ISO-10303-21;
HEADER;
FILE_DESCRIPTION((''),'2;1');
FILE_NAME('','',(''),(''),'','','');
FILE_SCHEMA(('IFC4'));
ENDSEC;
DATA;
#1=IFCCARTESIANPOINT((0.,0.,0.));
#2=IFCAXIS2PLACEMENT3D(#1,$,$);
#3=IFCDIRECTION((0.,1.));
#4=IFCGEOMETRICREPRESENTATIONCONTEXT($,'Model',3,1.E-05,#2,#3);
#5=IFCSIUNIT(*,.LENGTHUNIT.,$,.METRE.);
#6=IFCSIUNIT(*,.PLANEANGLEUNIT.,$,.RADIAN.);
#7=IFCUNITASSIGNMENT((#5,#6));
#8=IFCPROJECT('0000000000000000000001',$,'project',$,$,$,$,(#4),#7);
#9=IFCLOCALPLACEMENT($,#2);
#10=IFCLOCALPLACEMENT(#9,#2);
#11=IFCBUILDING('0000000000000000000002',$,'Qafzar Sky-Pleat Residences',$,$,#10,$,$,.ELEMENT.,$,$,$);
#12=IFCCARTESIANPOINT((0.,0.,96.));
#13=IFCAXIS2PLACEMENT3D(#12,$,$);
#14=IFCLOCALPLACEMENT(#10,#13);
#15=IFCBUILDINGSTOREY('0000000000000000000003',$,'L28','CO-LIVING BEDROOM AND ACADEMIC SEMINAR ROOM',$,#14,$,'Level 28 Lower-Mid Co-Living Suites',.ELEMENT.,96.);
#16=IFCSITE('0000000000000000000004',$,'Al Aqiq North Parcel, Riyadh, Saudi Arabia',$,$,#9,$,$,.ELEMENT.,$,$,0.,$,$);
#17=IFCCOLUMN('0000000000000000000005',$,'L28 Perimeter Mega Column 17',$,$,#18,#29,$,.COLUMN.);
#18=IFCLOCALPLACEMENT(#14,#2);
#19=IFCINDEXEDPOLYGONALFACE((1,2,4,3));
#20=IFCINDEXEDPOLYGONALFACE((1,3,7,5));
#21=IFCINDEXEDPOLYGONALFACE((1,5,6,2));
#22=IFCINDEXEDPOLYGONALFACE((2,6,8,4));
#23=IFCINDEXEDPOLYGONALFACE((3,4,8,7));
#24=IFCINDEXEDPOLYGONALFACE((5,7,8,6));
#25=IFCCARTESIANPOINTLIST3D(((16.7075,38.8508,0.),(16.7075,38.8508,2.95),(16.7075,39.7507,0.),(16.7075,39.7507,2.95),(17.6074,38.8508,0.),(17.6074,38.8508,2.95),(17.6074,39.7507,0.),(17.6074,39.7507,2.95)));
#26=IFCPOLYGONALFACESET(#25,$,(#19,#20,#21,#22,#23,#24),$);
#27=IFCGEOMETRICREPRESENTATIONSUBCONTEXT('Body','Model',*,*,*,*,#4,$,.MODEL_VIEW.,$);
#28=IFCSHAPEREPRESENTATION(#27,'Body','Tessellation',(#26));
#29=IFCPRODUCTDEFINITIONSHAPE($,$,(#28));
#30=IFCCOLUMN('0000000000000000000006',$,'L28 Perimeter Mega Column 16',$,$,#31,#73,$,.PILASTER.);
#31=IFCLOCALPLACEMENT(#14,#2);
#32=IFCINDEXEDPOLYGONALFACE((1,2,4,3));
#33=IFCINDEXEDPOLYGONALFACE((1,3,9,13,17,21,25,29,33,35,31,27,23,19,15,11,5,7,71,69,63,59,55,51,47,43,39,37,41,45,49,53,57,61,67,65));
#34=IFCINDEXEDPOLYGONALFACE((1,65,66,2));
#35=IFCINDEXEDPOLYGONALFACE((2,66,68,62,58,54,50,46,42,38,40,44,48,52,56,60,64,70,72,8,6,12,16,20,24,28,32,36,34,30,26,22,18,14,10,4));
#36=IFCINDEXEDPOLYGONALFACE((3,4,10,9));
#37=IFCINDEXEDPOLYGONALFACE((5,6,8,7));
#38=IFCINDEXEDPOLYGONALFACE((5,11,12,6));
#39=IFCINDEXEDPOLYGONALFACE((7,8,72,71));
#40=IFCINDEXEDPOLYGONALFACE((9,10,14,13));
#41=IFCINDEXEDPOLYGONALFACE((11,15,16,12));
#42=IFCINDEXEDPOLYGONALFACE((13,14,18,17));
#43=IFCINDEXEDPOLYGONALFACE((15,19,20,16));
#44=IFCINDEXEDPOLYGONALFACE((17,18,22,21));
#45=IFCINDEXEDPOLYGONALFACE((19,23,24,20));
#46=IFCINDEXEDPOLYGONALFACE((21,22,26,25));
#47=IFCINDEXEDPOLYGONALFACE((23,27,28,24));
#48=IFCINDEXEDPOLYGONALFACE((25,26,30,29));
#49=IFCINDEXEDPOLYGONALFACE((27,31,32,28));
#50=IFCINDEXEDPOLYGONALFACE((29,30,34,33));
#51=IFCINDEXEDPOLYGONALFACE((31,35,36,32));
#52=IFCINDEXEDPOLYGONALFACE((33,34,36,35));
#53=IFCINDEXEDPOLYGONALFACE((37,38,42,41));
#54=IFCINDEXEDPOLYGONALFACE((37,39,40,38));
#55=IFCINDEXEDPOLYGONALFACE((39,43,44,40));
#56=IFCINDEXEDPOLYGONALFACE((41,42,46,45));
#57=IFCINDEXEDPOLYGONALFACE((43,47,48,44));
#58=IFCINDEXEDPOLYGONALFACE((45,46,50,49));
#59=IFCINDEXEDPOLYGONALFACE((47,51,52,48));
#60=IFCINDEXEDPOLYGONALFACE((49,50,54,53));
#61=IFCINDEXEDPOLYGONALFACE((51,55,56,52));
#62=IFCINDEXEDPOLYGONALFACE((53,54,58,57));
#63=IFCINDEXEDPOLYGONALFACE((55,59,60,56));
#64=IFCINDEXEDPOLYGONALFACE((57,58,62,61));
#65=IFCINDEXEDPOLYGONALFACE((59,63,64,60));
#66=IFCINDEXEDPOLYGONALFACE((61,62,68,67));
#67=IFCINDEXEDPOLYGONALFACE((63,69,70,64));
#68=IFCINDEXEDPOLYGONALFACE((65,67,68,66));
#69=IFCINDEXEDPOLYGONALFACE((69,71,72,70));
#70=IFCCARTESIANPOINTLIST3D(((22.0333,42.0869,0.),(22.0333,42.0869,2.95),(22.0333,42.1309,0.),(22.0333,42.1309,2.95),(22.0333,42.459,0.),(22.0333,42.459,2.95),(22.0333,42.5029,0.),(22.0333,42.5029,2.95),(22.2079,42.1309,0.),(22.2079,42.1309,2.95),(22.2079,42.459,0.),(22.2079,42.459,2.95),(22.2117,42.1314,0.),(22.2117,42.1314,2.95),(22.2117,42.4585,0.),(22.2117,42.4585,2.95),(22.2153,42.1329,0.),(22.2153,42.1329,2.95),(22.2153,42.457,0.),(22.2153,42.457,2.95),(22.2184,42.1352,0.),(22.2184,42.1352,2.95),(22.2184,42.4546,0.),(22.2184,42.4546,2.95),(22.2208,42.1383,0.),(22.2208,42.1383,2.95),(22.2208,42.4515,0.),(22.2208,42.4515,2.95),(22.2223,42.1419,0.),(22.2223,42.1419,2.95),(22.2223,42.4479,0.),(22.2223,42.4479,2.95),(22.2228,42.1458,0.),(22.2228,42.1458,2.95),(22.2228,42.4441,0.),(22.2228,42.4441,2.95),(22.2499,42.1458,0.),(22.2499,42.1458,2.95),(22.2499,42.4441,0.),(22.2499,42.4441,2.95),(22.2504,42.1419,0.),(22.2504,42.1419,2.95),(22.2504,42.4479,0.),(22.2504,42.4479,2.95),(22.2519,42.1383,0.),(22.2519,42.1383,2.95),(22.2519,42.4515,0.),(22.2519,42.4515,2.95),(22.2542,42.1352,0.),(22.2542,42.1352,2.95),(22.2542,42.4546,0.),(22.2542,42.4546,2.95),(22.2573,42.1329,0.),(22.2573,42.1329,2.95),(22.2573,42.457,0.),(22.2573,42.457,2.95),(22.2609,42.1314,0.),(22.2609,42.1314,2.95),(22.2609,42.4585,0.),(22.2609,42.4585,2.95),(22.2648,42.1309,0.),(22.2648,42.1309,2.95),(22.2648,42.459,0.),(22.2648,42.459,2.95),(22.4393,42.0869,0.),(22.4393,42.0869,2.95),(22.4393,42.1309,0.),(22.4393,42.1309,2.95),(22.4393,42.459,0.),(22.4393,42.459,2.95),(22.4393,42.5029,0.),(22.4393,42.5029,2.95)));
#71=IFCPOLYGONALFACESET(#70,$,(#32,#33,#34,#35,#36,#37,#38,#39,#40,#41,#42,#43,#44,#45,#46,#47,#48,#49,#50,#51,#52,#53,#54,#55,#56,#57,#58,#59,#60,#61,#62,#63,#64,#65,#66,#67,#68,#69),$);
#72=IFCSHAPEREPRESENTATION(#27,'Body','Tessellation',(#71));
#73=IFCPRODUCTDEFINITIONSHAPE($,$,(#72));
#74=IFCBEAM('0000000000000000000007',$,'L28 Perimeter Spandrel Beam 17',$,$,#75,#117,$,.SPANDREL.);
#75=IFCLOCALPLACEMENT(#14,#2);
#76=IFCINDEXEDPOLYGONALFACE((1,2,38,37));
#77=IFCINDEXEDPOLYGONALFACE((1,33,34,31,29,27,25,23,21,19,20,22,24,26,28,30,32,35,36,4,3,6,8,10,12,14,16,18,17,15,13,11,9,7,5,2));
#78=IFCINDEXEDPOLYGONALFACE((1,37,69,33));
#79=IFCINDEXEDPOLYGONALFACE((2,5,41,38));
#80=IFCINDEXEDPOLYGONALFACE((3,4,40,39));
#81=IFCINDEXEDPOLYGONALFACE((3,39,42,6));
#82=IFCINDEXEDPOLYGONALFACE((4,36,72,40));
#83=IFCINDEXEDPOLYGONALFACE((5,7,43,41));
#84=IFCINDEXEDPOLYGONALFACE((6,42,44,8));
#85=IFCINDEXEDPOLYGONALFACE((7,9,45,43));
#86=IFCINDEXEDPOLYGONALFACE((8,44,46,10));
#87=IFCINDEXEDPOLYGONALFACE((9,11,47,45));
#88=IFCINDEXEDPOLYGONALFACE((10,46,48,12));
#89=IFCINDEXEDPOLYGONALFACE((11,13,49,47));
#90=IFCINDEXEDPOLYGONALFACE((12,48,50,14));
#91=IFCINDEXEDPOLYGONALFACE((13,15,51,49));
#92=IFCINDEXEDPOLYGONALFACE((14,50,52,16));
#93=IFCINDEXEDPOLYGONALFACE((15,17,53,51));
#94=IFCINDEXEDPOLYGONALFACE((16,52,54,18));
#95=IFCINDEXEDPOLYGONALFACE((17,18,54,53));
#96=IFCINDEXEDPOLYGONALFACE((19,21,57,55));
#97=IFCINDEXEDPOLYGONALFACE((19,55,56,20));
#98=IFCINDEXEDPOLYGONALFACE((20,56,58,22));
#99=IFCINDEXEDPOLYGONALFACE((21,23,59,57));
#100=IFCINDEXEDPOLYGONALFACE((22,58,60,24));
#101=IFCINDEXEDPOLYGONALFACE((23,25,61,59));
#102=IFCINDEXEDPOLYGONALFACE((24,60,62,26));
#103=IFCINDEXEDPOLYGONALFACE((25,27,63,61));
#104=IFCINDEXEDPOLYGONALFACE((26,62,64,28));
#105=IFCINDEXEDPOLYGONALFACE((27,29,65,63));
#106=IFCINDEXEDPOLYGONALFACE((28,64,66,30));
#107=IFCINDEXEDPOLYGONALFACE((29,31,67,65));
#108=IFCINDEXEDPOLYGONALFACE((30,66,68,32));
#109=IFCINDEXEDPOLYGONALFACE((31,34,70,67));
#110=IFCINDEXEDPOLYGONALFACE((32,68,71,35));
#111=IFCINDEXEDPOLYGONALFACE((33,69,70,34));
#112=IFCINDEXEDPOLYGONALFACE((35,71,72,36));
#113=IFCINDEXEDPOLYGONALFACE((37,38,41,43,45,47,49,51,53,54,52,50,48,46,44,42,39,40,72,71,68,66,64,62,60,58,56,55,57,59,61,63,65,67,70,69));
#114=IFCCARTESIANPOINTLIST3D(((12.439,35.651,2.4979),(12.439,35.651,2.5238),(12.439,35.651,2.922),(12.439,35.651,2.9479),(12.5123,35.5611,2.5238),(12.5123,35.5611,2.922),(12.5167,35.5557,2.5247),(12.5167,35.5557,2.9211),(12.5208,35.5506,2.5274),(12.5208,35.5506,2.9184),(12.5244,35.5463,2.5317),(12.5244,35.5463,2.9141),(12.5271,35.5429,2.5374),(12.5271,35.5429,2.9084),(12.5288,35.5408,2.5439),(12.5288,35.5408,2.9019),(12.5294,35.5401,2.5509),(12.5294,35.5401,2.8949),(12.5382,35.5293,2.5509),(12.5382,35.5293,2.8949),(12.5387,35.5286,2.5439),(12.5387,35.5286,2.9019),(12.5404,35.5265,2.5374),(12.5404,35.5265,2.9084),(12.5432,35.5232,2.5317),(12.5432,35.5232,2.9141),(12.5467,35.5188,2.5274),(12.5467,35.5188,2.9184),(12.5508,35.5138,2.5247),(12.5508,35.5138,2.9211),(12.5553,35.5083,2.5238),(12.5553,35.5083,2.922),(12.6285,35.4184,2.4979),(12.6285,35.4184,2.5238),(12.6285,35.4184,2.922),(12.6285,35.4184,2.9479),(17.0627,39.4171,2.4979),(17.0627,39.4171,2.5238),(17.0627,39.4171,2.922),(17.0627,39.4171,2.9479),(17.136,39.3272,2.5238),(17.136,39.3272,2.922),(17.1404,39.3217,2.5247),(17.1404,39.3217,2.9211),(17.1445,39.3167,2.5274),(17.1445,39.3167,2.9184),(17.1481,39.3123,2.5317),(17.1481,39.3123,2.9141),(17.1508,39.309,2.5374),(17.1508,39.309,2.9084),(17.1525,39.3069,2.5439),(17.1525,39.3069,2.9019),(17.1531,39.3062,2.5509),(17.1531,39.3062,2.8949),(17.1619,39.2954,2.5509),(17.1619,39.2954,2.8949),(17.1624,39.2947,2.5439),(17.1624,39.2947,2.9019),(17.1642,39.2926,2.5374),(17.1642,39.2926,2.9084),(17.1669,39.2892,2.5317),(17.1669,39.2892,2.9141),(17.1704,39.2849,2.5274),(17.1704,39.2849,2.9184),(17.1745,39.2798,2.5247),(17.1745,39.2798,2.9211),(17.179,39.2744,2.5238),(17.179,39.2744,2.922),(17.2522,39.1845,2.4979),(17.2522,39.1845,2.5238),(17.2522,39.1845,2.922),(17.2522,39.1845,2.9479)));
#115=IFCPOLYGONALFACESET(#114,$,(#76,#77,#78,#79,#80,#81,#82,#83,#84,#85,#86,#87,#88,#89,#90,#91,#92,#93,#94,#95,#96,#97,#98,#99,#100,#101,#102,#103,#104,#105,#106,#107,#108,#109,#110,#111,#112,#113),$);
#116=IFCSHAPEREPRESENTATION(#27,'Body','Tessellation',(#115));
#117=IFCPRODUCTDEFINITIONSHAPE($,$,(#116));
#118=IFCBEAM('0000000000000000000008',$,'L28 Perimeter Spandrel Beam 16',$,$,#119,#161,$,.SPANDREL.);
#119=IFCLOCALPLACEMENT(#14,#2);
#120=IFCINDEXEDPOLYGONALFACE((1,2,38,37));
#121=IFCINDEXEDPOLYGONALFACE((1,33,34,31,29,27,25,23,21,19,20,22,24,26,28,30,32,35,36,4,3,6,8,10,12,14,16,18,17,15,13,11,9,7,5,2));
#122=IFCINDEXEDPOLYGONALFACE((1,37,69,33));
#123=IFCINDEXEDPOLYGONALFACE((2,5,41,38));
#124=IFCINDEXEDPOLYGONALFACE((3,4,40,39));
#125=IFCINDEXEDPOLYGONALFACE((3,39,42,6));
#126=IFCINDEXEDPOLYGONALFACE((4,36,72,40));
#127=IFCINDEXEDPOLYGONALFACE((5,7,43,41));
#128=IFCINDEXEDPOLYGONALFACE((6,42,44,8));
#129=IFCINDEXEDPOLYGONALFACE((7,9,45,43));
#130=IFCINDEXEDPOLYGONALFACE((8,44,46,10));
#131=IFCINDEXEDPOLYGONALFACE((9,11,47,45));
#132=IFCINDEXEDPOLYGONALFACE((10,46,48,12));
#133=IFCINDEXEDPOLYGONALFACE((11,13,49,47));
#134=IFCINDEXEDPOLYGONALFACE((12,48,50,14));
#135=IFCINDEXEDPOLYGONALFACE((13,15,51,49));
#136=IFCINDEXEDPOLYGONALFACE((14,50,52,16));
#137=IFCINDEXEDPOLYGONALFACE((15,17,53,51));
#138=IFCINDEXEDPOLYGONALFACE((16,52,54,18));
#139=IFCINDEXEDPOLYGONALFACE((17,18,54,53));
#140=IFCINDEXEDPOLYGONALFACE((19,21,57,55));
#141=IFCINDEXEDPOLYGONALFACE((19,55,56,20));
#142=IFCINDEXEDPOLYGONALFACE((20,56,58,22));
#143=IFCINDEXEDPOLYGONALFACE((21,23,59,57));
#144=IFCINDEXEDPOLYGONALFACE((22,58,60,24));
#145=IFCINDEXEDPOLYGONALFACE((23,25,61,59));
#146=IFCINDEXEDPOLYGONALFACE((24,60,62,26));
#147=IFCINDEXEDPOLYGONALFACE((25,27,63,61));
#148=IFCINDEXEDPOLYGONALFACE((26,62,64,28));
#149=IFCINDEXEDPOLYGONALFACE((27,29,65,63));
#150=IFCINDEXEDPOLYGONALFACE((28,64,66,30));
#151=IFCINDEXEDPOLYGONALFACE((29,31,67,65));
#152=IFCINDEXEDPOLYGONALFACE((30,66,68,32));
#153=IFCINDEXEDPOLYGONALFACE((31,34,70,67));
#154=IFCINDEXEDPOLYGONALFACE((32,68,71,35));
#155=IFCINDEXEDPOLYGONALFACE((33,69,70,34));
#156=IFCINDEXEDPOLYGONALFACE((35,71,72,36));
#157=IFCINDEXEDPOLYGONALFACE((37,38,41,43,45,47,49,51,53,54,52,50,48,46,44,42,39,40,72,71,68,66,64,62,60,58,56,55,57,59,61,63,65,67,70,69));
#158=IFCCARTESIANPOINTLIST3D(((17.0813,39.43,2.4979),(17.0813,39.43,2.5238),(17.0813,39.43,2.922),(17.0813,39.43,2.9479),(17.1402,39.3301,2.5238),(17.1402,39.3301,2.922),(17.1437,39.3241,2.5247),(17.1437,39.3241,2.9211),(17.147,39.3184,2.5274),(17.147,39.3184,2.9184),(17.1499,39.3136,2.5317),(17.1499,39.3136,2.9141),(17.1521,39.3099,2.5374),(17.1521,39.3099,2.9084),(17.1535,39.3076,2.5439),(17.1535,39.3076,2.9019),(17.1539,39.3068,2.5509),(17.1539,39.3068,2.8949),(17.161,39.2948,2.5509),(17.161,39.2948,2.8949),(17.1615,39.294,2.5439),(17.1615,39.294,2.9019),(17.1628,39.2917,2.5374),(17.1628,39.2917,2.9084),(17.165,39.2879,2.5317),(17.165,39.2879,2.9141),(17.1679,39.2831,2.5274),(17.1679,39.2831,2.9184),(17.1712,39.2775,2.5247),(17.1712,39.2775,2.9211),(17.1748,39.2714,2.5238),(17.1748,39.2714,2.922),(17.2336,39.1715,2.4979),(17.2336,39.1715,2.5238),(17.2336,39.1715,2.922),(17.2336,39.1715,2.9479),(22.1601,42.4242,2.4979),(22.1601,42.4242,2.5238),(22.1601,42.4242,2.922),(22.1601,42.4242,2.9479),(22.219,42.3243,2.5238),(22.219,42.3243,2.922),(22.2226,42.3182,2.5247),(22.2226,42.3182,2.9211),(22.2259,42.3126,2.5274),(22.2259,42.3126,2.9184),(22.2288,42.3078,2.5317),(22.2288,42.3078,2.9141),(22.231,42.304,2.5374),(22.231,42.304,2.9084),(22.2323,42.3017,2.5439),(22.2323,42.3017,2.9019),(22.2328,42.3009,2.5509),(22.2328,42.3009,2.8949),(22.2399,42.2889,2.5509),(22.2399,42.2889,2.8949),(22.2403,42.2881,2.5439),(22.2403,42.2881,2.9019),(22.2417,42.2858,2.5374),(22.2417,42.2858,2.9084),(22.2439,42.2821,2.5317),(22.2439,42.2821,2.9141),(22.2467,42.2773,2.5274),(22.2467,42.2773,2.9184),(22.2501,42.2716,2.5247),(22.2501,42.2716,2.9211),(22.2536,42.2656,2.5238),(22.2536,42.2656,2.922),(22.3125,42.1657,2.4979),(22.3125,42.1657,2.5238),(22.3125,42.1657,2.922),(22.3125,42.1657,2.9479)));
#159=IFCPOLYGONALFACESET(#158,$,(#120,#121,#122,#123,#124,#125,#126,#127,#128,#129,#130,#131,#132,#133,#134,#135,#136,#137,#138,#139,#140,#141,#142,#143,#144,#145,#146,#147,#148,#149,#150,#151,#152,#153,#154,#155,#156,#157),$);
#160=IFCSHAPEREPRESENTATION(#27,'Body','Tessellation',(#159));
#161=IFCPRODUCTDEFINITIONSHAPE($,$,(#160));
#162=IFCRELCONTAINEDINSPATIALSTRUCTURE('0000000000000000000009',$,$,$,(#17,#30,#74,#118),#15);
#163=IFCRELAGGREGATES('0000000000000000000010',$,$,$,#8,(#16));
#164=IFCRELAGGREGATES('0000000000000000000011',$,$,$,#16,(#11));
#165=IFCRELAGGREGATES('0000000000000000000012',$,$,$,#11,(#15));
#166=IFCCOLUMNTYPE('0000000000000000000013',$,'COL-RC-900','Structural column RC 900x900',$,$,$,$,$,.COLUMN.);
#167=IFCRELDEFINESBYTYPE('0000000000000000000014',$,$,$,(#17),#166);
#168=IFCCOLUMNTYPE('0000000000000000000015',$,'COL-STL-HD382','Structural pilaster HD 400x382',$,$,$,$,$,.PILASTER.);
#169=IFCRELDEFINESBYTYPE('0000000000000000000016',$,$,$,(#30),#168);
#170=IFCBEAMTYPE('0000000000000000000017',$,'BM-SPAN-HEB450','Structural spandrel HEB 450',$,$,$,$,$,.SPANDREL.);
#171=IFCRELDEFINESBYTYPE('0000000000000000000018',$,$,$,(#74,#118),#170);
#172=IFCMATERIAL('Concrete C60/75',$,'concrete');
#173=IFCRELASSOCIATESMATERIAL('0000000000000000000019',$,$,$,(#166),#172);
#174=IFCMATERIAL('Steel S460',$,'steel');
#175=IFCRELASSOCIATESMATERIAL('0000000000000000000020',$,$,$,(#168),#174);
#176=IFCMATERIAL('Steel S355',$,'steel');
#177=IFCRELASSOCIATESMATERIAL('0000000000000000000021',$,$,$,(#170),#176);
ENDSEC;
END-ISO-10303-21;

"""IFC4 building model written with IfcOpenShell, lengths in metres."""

from ifc_helpers import new_model, si_unit, direction, frame, origin, origin_2d, place, context, subcontext, project, spatial, rectangle, i_section, extrude, source, transform, mapped, material, material_profile, profile_set, type_object, element, save


model = new_model("IFC4")

# Units and contexts
model_context = context("Model", 3, precision=1e-05, world=origin(), true_north=direction((0.0, 1.0)))
body_context = subcontext(model_context, "Body", "Model", "MODEL_VIEW")
ifc_project = project(units=[si_unit("LENGTHUNIT", "METRE"), si_unit("PLANEANGLEUNIT", "RADIAN")], contexts=[model_context])

# Site, building, storey
site_placement = place(None, origin())
site = spatial("IfcSite", under=ifc_project, at=site_placement, Name="Al Aqiq North Parcel, Riyadh, Saudi Arabia", CompositionType="ELEMENT", RefElevation=0.0)
building_placement = place(site_placement, origin())
building = spatial("IfcBuilding", under=site, at=building_placement, Name="Qafzar Sky-Pleat Residences", CompositionType="ELEMENT")
storey_placement = place(building_placement, frame((0.0, 0.0, 96.0)))
storey = spatial("IfcBuildingStorey", under=building, at=storey_placement, Name="L28", Description="CO-LIVING BEDROOM AND ACADEMIC SEMINAR ROOM", LongName="Level 28 Lower-Mid Co-Living Suites", CompositionType="ELEMENT", Elevation=96.0)

# Columns
ifc_material_1 = material(Name="Concrete C60/75", Category="concrete")
ifc_material_profile_1 = material_profile(ifc_material_1, rectangle(XDim=0.8999, YDim=0.8999, at=origin_2d()), Name="RC 900x900")
ifc_profile_set_1 = profile_set([ifc_material_profile_1], Name="Concrete C60/75")
column_type_1 = type_object("IfcColumnType", Name="COL-RC-900", Description="Structural column RC 900x900", PredefinedType="COLUMN", material=ifc_profile_set_1)
shared_shape_1 = source(origin(), body_context, "Body", "SweptSolid", [
    extrude(rectangle(XDim=0.8999, YDim=0.8999, at=origin_2d()), origin(), (0.0, 0.0, 1.0), 2.95),
])
column_1_placement = place(storey_placement, frame((17.1575, 39.3008, 0.0), z_axis=(0.0, 0.0, 1.0), x_axis=(1.0, 0.0, 0.0)))
element("IfcColumn", 1, at=column_1_placement, inside=storey, type_object=column_type_1, Name="L28 Perimeter Mega Column 17", PredefinedType="COLUMN", context=body_context, shape_type="MappedRepresentation", body=[
    mapped(shared_shape_1, transform((0.0, 0.0, 0.0), x_axis=(1.0, 0.0, 0.0), y_axis=(0.0, 1.0, 0.0), z_axis=(0.0, 0.0, 1.0), scale=1.0)),
])
ifc_material_2 = material(Name="Steel S460", Category="steel")
ifc_material_profile_2 = material_profile(ifc_material_2, i_section(OverallWidth=0.406, OverallDepth=0.416, WebThickness=0.0271, FlangeThickness=0.0439, FilletRadius=0.0149, at=origin_2d()), Name="HD 400x382")
ifc_profile_set_2 = profile_set([ifc_material_profile_2], Name="Steel S460")
column_type_2 = type_object("IfcColumnType", Name="COL-STL-HD382", Description="Structural pilaster HD 400x382", PredefinedType="PILASTER", material=ifc_profile_set_2)
shared_shape_2 = source(origin(), body_context, "Body", "SweptSolid", [
    extrude(i_section(OverallWidth=0.406, OverallDepth=0.416, WebThickness=0.0271, FlangeThickness=0.0439, FilletRadius=0.0149, at=origin_2d()), origin(), (0.0, 0.0, 1.0), 2.95),
])
column_2_placement = place(storey_placement, frame((22.2363, 42.2949, 0.0), z_axis=(0.0, 0.0, 1.0), x_axis=(1.0, 0.0, 0.0)))
element("IfcColumn", 2, at=column_2_placement, inside=storey, type_object=column_type_2, Name="L28 Perimeter Mega Column 16", PredefinedType="PILASTER", context=body_context, shape_type="MappedRepresentation", body=[
    mapped(shared_shape_2, transform((0.0, 0.0, 0.0), x_axis=(1.0, 0.0, 0.0), y_axis=(0.0, 1.0, 0.0), z_axis=(0.0, 0.0, 1.0), scale=1.0)),
])

# Beams
ifc_material_3 = material(Name="Steel S355", Category="steel")
ifc_material_profile_3 = material_profile(ifc_material_3, i_section(OverallWidth=0.3, OverallDepth=0.45, WebThickness=0.0139, FlangeThickness=0.0259, FilletRadius=0.0271, at=origin_2d()), Name="HEB 450")
ifc_profile_set_3 = profile_set([ifc_material_profile_3], Name="Steel S355")
beam_type_1 = type_object("IfcBeamType", Name="BM-SPAN-HEB450", Description="Structural spandrel HEB 450", PredefinedType="SPANDREL", material=ifc_profile_set_3)
shared_shape_3 = source(origin(), body_context, "Body", "SweptSolid", [
    extrude(i_section(OverallWidth=0.3, OverallDepth=0.45, WebThickness=0.0139, FlangeThickness=0.0259, FilletRadius=0.0271, at=origin_2d()), origin(), (0.0, 0.0, 1.0), 5.9634),
])
beam_1_placement = place(storey_placement, frame((17.1575, 39.3008, 2.7229), z_axis=(-0.775351, -0.631531, 0.0), x_axis=(0.631531, -0.775351, 0.0)))
element("IfcBeam", 3, at=beam_1_placement, inside=storey, type_object=beam_type_1, Name="L28 Perimeter Spandrel Beam 17", PredefinedType="SPANDREL", context=body_context, shape_type="MappedRepresentation", body=[
    mapped(shared_shape_3, transform((0.0, 0.0, 0.0), x_axis=(1.0, 0.0, 0.0), y_axis=(0.0, 1.0, 0.0), z_axis=(0.0, 0.0, 1.0), scale=1.0)),
])
shared_shape_4 = source(origin(), body_context, "Body", "SweptSolid", [
    extrude(i_section(OverallWidth=0.3, OverallDepth=0.45, WebThickness=0.0139, FlangeThickness=0.0259, FilletRadius=0.0271, at=origin_2d()), origin(), (0.0, 0.0, 1.0), 5.8958),
])
beam_2_placement = place(storey_placement, frame((22.2363, 42.2949, 2.7229), z_axis=(-0.861446, -0.507849, 0.0), x_axis=(0.507849, -0.861446, 0.0)))
element("IfcBeam", 4, at=beam_2_placement, inside=storey, type_object=beam_type_1, Name="L28 Perimeter Spandrel Beam 16", PredefinedType="SPANDREL", context=body_context, shape_type="MappedRepresentation", body=[
    mapped(shared_shape_4, transform((0.0, 0.0, 0.0), x_axis=(1.0, 0.0, 0.0), y_axis=(0.0, 1.0, 0.0), z_axis=(0.0, 0.0, 1.0), scale=1.0)),
])

save(model, "model.ifc")
